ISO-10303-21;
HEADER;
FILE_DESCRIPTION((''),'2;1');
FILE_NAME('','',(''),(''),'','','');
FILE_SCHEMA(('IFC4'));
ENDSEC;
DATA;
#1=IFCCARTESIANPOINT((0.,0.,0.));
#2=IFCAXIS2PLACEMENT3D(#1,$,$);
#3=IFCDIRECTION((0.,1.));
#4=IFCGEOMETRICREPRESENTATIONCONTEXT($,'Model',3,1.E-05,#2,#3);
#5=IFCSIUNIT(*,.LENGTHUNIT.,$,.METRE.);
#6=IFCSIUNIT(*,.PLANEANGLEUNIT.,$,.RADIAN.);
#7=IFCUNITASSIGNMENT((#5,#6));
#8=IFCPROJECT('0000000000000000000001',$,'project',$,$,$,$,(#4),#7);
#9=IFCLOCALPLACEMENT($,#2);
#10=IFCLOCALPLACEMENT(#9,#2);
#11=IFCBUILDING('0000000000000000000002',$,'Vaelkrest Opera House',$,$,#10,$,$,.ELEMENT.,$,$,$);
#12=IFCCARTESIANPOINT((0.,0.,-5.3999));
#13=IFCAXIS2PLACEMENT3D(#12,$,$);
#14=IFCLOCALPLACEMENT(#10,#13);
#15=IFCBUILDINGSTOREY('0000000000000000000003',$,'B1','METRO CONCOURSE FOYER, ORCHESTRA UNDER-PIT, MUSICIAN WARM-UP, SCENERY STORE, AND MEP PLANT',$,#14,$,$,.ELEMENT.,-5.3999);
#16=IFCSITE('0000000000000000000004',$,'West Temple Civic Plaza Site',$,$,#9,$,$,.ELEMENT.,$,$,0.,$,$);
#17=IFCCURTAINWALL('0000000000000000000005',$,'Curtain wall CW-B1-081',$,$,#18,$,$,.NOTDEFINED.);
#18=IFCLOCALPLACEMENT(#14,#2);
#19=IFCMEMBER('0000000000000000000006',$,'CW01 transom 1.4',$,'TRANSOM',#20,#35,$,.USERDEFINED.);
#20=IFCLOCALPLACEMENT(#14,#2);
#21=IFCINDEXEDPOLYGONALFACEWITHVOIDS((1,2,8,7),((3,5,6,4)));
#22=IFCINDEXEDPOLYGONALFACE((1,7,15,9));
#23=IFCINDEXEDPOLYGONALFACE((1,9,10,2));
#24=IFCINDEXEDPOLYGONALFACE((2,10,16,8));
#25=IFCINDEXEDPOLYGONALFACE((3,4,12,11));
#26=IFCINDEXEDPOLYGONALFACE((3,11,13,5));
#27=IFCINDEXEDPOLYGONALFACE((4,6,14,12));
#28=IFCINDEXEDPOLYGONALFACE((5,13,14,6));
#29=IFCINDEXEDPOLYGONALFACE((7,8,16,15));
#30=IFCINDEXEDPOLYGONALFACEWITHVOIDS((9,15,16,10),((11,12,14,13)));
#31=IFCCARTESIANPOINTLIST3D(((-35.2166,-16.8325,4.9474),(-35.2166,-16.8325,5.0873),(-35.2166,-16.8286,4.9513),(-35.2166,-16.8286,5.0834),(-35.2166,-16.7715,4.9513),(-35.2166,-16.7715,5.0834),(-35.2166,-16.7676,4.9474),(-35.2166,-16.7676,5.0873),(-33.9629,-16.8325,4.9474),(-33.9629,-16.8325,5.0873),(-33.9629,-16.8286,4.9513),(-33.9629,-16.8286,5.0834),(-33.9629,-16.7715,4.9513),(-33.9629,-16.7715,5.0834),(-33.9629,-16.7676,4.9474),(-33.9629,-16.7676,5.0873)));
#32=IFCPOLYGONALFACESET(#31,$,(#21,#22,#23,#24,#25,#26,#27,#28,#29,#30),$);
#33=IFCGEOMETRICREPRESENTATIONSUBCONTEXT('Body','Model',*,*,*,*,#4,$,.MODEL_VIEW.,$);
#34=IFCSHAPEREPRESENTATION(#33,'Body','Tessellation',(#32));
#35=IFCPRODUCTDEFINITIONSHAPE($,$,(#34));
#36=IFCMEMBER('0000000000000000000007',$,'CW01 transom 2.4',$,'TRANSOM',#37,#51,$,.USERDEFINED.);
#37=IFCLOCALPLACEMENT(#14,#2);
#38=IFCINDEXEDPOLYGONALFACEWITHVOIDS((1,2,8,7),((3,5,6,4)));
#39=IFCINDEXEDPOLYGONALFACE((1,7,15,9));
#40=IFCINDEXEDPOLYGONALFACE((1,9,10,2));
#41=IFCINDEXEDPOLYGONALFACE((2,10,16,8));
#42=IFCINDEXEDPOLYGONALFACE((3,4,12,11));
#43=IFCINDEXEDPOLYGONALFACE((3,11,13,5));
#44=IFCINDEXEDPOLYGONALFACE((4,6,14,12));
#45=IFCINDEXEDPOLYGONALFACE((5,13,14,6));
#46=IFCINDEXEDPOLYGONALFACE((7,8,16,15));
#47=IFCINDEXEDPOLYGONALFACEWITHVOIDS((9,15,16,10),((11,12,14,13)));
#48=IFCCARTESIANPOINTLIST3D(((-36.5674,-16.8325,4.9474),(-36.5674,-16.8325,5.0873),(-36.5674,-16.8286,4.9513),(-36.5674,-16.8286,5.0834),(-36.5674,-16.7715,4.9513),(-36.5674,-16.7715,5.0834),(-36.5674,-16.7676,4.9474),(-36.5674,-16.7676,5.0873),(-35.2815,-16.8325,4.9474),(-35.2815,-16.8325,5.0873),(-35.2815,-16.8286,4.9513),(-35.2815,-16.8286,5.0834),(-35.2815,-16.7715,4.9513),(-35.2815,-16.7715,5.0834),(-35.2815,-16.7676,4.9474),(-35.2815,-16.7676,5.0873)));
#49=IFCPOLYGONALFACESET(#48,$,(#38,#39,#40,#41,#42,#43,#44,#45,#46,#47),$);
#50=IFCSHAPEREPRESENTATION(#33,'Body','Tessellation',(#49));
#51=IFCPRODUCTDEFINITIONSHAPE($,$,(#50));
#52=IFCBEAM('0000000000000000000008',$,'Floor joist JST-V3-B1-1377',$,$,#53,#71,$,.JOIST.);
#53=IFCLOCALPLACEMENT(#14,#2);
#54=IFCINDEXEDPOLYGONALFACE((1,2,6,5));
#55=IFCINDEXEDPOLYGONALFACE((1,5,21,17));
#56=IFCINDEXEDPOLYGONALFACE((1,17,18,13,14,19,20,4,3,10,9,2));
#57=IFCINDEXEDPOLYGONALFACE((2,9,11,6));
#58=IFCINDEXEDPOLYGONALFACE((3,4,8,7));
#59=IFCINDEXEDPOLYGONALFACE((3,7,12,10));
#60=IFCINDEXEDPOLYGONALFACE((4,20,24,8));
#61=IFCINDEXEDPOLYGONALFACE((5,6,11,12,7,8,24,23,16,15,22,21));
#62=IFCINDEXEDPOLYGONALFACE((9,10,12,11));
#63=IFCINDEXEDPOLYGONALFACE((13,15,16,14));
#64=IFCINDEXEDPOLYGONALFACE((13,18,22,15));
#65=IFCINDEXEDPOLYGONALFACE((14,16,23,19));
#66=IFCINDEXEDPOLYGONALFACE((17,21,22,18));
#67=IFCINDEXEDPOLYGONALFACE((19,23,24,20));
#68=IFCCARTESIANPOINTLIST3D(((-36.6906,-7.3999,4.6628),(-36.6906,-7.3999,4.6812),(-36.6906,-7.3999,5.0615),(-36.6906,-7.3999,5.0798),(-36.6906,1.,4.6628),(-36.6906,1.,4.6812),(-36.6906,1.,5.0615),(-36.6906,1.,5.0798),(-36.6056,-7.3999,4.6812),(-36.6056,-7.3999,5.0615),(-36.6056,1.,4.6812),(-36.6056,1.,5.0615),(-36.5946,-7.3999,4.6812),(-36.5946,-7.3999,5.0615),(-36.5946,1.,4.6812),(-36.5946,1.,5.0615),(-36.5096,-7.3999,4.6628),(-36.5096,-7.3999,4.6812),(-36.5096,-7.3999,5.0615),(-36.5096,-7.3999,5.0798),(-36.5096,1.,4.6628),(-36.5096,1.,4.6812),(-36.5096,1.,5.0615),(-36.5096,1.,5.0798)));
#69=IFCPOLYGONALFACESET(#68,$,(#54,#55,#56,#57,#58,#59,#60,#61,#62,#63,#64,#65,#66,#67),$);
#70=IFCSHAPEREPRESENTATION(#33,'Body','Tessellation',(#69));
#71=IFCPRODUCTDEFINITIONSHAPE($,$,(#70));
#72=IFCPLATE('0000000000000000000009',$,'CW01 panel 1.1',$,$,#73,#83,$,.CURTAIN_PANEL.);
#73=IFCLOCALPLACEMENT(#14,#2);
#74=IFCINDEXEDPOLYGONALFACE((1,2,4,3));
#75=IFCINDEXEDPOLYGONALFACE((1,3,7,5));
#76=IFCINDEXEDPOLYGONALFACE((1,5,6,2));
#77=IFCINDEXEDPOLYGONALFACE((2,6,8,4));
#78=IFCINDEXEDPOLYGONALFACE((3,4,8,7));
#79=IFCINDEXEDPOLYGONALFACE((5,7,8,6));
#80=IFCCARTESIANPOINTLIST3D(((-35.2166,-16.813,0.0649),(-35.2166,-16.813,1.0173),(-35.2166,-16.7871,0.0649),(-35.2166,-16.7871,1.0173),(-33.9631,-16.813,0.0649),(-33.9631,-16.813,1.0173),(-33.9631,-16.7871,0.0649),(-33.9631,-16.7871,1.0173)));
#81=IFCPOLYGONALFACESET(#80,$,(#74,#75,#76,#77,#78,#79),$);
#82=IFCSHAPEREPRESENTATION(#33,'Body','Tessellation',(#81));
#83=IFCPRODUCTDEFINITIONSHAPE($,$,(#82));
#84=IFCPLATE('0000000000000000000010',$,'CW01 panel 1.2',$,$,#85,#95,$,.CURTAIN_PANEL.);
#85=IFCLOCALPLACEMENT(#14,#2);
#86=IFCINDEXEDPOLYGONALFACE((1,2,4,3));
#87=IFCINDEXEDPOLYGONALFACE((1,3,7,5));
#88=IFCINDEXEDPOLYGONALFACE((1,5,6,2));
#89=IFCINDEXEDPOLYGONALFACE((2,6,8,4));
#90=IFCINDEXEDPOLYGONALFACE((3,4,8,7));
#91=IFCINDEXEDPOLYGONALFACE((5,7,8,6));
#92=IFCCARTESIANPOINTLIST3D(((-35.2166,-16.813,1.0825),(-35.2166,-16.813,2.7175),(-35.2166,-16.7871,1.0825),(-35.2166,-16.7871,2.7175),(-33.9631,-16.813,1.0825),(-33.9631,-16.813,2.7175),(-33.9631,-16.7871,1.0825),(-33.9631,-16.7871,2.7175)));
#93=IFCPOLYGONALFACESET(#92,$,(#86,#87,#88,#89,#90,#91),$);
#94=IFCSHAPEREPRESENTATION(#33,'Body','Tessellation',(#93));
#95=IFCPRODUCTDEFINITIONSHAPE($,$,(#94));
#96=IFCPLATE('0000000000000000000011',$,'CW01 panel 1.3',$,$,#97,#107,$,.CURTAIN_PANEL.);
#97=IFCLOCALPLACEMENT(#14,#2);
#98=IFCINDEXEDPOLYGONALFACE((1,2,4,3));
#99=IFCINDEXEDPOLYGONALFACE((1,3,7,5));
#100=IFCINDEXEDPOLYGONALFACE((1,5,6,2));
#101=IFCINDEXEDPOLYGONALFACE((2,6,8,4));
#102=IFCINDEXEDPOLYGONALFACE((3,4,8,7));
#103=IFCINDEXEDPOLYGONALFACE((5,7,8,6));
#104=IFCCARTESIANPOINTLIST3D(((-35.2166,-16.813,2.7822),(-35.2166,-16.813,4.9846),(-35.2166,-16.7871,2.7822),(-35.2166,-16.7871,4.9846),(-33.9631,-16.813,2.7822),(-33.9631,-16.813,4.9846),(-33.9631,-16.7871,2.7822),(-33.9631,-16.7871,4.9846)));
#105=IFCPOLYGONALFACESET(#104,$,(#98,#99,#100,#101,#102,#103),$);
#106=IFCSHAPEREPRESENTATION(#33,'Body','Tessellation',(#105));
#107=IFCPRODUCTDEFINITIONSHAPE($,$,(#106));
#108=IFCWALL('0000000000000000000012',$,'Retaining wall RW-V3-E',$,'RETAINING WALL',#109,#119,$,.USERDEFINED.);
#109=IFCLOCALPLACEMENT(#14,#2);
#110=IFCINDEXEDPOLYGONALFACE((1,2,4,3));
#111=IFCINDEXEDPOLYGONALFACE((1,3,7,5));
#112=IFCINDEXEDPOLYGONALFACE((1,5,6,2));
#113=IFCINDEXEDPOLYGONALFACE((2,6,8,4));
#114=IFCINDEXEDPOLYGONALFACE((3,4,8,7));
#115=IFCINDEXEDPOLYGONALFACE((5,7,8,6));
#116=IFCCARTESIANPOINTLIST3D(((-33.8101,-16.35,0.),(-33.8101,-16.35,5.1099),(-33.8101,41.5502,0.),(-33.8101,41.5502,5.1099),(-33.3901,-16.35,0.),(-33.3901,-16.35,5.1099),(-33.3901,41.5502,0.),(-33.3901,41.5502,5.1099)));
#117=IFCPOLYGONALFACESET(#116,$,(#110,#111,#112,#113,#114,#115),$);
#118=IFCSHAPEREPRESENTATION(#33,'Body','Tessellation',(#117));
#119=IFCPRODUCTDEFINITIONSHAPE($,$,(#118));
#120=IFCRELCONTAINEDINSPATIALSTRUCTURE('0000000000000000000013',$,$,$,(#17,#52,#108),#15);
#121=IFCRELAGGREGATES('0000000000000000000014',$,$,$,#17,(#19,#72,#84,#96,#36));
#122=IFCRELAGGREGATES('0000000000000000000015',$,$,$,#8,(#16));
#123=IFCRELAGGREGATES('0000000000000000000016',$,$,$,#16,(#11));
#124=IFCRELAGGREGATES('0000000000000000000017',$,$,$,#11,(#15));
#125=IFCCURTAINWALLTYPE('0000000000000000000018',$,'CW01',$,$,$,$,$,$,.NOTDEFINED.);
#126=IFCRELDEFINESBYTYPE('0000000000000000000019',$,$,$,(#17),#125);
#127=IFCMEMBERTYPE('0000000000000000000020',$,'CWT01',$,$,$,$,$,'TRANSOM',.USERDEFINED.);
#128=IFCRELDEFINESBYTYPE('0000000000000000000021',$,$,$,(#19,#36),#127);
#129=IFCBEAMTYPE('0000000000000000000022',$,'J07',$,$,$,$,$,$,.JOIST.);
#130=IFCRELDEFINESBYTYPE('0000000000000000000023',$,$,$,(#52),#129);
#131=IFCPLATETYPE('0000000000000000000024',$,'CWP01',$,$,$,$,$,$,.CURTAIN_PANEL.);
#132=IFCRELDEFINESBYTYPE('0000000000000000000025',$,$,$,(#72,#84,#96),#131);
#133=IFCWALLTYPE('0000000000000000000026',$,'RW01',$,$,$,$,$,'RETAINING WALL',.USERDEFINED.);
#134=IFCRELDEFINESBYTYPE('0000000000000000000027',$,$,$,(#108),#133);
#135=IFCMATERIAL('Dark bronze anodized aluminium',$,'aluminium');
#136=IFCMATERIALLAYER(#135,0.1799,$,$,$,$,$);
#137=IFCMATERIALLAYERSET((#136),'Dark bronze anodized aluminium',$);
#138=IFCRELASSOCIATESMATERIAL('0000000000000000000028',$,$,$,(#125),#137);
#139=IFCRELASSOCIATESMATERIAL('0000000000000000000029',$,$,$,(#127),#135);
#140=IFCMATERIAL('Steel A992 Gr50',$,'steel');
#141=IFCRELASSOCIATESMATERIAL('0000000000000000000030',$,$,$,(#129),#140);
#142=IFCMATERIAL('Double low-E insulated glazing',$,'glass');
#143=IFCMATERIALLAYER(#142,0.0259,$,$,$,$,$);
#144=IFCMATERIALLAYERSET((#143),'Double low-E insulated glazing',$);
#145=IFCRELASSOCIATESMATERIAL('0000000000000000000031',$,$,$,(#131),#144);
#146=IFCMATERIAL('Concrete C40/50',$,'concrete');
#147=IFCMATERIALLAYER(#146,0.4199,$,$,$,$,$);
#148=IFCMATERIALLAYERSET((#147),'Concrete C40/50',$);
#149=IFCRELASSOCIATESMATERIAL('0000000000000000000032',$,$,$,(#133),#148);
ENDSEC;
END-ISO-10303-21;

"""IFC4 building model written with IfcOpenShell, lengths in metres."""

from ifc_helpers import new_model, si_unit, direction, frame, frame_2d, origin, origin_2d, place, context, subcontext, project, spatial, rectangle, hollow_rectangle, i_section, extrude, material, layer, layer_set, material_profile, profile_set, type_object, element, aggregate, save


model = new_model("IFC4")

# Units and contexts
model_context = context("Model", 3, precision=1e-05, world=origin(), true_north=direction((0.0, 1.0)))
body_context = subcontext(model_context, "Body", "Model", "MODEL_VIEW")
ifc_project = project(units=[si_unit("LENGTHUNIT", "METRE"), si_unit("PLANEANGLEUNIT", "RADIAN")], contexts=[model_context])

# Site, building, storey
site_placement = place(None, origin())
site = spatial("IfcSite", under=ifc_project, at=site_placement, Name="West Temple Civic Plaza Site", CompositionType="ELEMENT", RefElevation=0.0)
building_placement = place(site_placement, origin())
building = spatial("IfcBuilding", under=site, at=building_placement, Name="Vaelkrest Opera House", CompositionType="ELEMENT")
storey_placement = place(building_placement, frame((0.0, 0.0, -5.3999)))
storey = spatial("IfcBuildingStorey", under=building, at=storey_placement, Name="B1", Description="METRO CONCOURSE FOYER, ORCHESTRA UNDER-PIT, MUSICIAN WARM-UP, SCENERY STORE, AND MEP PLANT", CompositionType="ELEMENT", Elevation=-5.3999)

# Shared definitions
ifc_material_1 = material(Name="Concrete C40/50", Category="concrete")

# Curtain wall, members
ifc_material_2 = material(Name="Dark bronze anodized aluminium", Category="aluminium")
ifc_layer_1 = layer(ifc_material_2, 0.1799)
ifc_layer_set_1 = layer_set([ifc_layer_1], Name="Dark bronze anodized aluminium")
curtain_wall_type = type_object("IfcCurtainWallType", Name="CW01", PredefinedType="NOTDEFINED", material=ifc_layer_set_1)
curtain_wall_placement = place(storey_placement, origin())
curtain_wall = element("IfcCurtainWall", 1, at=curtain_wall_placement, inside=storey, type_object=curtain_wall_type, Name="Curtain wall CW-B1-081", PredefinedType="NOTDEFINED")
ifc_material_profile_1 = material_profile(ifc_material_2, hollow_rectangle(XDim=0.0649, YDim=0.1399, WallThickness=0.0039, at=origin_2d()), Name="CWT65X140")
ifc_profile_set_1 = profile_set([ifc_material_profile_1], Name="Dark bronze anodized aluminium")
member_type_1 = type_object("IfcMemberType", Name="CWT01", ElementType="TRANSOM", PredefinedType="USERDEFINED", material=ifc_profile_set_1)
member_1_placement = place(storey_placement, frame((-33.9629, -16.8, 5.0173), z_axis=(-1.0, 0.0, 0.0), x_axis=(0.0, -1.0, 0.0)))
member_1 = element("IfcMember", 2, at=member_1_placement, type_object=member_type_1, Name="CW01 transom 1.4", ObjectType="TRANSOM", PredefinedType="USERDEFINED", context=body_context, shape_type="SweptSolid", body=[
    extrude(hollow_rectangle(XDim=0.0649, YDim=0.1399, WallThickness=0.0039, at=origin_2d()), origin(), (0.0, 0.0, 1.0), 1.2537),
])
member_2_placement = place(storey_placement, frame((-35.2815, -16.8, 5.0173), z_axis=(-1.0, 0.0, 0.0), x_axis=(0.0, -1.0, 0.0)))
member_2 = element("IfcMember", 3, at=member_2_placement, type_object=member_type_1, Name="CW01 transom 2.4", ObjectType="TRANSOM", PredefinedType="USERDEFINED", context=body_context, shape_type="SweptSolid", body=[
    extrude(hollow_rectangle(XDim=0.0649, YDim=0.1399, WallThickness=0.0039, at=origin_2d()), origin(), (0.0, 0.0, 1.0), 1.2859),
])

# Beam
ifc_material_3 = material(Name="Steel A992 Gr50", Category="steel")
ifc_material_profile_2 = material_profile(ifc_material_3, i_section(OverallWidth=0.1809, OverallDepth=0.417, WebThickness=0.011, FlangeThickness=0.0183, at=origin_2d()), Name="W16X57")
ifc_profile_set_2 = profile_set([ifc_material_profile_2], Name="Steel A992 Gr50")
beam_type_1 = type_object("IfcBeamType", Name="J07", PredefinedType="JOIST", material=ifc_profile_set_2)
beam_1_placement = place(storey_placement, frame((-36.6001, -7.3999, 4.8713), z_axis=(0.0, 1.0, 0.0), x_axis=(-1.0, 0.0, 0.0)))
element("IfcBeam", 4, at=beam_1_placement, inside=storey, type_object=beam_type_1, Name="Floor joist JST-V3-B1-1377", PredefinedType="JOIST", context=body_context, shape_type="SweptSolid", body=[
    extrude(i_section(OverallWidth=0.1809, OverallDepth=0.417, WebThickness=0.011, FlangeThickness=0.0183, at=origin_2d()), origin(), (0.0, 0.0, 1.0), 8.3999),
])

# Plates
ifc_material_4 = material(Name="Double low-E insulated glazing", Category="glass")
ifc_layer_2 = layer(ifc_material_4, 0.0259)
ifc_layer_set_2 = layer_set([ifc_layer_2], Name="Double low-E insulated glazing")
plate_type = type_object("IfcPlateType", Name="CWP01", PredefinedType="CURTAIN_PANEL", material=ifc_layer_set_2)
plate_1_placement = place(storey_placement, frame((-34.5898, -16.8, 0.0649), z_axis=(0.0, 0.0, 1.0), x_axis=(-1.0, 0.0, 0.0)))
plate_1 = element("IfcPlate", 5, at=plate_1_placement, type_object=plate_type, Name="CW01 panel 1.1", PredefinedType="CURTAIN_PANEL", context=body_context, shape_type="SweptSolid", body=[
    extrude(rectangle(XDim=1.2534, YDim=0.0259, at=origin_2d()), origin(), (0.0, 0.0, 1.0), 0.9524),
])
plate_2_placement = place(storey_placement, frame((-34.5898, -16.8, 1.0825), z_axis=(0.0, 0.0, 1.0), x_axis=(-1.0, 0.0, 0.0)))
plate_2 = element("IfcPlate", 6, at=plate_2_placement, type_object=plate_type, Name="CW01 panel 1.2", PredefinedType="CURTAIN_PANEL", context=body_context, shape_type="SweptSolid", body=[
    extrude(rectangle(XDim=1.2534, YDim=0.0259, at=origin_2d()), origin(), (0.0, 0.0, 1.0), 1.635),
])
plate_3_placement = place(storey_placement, frame((-34.5898, -16.8, 2.7822), z_axis=(0.0, 0.0, 1.0), x_axis=(-1.0, 0.0, 0.0)))
plate_3 = element("IfcPlate", 7, at=plate_3_placement, type_object=plate_type, Name="CW01 panel 1.3", PredefinedType="CURTAIN_PANEL", context=body_context, shape_type="SweptSolid", body=[
    extrude(rectangle(XDim=1.2534, YDim=0.0259, at=origin_2d()), origin(), (0.0, 0.0, 1.0), 2.2024),
])
aggregate(curtain_wall, [member_1, plate_1, plate_2, plate_3, member_2])

# Wall
ifc_layer_3 = layer(ifc_material_1, 0.4199)
ifc_layer_set_3 = layer_set([ifc_layer_3], Name="Concrete C40/50")
wall_type = type_object("IfcWallType", Name="RW01", ElementType="RETAINING WALL", PredefinedType="USERDEFINED", material=ifc_layer_set_3)
wall_placement = place(storey_placement, frame((-33.6001, -16.3501, 0.0), z_axis=(0.0, 0.0, 1.0), x_axis=(0.0, 1.0, 0.0)))
element("IfcWall", 8, at=wall_placement, inside=storey, type_object=wall_type, Name="Retaining wall RW-V3-E", ObjectType="RETAINING WALL", PredefinedType="USERDEFINED", context=body_context, shape_type="SweptSolid", body=[
    extrude(rectangle(XDim=57.9001, YDim=0.4199, at=frame_2d((28.9502, 0.0))), origin(), (0.0, 0.0, 1.0), 5.1099),
])

save(model, "model.ifc")
